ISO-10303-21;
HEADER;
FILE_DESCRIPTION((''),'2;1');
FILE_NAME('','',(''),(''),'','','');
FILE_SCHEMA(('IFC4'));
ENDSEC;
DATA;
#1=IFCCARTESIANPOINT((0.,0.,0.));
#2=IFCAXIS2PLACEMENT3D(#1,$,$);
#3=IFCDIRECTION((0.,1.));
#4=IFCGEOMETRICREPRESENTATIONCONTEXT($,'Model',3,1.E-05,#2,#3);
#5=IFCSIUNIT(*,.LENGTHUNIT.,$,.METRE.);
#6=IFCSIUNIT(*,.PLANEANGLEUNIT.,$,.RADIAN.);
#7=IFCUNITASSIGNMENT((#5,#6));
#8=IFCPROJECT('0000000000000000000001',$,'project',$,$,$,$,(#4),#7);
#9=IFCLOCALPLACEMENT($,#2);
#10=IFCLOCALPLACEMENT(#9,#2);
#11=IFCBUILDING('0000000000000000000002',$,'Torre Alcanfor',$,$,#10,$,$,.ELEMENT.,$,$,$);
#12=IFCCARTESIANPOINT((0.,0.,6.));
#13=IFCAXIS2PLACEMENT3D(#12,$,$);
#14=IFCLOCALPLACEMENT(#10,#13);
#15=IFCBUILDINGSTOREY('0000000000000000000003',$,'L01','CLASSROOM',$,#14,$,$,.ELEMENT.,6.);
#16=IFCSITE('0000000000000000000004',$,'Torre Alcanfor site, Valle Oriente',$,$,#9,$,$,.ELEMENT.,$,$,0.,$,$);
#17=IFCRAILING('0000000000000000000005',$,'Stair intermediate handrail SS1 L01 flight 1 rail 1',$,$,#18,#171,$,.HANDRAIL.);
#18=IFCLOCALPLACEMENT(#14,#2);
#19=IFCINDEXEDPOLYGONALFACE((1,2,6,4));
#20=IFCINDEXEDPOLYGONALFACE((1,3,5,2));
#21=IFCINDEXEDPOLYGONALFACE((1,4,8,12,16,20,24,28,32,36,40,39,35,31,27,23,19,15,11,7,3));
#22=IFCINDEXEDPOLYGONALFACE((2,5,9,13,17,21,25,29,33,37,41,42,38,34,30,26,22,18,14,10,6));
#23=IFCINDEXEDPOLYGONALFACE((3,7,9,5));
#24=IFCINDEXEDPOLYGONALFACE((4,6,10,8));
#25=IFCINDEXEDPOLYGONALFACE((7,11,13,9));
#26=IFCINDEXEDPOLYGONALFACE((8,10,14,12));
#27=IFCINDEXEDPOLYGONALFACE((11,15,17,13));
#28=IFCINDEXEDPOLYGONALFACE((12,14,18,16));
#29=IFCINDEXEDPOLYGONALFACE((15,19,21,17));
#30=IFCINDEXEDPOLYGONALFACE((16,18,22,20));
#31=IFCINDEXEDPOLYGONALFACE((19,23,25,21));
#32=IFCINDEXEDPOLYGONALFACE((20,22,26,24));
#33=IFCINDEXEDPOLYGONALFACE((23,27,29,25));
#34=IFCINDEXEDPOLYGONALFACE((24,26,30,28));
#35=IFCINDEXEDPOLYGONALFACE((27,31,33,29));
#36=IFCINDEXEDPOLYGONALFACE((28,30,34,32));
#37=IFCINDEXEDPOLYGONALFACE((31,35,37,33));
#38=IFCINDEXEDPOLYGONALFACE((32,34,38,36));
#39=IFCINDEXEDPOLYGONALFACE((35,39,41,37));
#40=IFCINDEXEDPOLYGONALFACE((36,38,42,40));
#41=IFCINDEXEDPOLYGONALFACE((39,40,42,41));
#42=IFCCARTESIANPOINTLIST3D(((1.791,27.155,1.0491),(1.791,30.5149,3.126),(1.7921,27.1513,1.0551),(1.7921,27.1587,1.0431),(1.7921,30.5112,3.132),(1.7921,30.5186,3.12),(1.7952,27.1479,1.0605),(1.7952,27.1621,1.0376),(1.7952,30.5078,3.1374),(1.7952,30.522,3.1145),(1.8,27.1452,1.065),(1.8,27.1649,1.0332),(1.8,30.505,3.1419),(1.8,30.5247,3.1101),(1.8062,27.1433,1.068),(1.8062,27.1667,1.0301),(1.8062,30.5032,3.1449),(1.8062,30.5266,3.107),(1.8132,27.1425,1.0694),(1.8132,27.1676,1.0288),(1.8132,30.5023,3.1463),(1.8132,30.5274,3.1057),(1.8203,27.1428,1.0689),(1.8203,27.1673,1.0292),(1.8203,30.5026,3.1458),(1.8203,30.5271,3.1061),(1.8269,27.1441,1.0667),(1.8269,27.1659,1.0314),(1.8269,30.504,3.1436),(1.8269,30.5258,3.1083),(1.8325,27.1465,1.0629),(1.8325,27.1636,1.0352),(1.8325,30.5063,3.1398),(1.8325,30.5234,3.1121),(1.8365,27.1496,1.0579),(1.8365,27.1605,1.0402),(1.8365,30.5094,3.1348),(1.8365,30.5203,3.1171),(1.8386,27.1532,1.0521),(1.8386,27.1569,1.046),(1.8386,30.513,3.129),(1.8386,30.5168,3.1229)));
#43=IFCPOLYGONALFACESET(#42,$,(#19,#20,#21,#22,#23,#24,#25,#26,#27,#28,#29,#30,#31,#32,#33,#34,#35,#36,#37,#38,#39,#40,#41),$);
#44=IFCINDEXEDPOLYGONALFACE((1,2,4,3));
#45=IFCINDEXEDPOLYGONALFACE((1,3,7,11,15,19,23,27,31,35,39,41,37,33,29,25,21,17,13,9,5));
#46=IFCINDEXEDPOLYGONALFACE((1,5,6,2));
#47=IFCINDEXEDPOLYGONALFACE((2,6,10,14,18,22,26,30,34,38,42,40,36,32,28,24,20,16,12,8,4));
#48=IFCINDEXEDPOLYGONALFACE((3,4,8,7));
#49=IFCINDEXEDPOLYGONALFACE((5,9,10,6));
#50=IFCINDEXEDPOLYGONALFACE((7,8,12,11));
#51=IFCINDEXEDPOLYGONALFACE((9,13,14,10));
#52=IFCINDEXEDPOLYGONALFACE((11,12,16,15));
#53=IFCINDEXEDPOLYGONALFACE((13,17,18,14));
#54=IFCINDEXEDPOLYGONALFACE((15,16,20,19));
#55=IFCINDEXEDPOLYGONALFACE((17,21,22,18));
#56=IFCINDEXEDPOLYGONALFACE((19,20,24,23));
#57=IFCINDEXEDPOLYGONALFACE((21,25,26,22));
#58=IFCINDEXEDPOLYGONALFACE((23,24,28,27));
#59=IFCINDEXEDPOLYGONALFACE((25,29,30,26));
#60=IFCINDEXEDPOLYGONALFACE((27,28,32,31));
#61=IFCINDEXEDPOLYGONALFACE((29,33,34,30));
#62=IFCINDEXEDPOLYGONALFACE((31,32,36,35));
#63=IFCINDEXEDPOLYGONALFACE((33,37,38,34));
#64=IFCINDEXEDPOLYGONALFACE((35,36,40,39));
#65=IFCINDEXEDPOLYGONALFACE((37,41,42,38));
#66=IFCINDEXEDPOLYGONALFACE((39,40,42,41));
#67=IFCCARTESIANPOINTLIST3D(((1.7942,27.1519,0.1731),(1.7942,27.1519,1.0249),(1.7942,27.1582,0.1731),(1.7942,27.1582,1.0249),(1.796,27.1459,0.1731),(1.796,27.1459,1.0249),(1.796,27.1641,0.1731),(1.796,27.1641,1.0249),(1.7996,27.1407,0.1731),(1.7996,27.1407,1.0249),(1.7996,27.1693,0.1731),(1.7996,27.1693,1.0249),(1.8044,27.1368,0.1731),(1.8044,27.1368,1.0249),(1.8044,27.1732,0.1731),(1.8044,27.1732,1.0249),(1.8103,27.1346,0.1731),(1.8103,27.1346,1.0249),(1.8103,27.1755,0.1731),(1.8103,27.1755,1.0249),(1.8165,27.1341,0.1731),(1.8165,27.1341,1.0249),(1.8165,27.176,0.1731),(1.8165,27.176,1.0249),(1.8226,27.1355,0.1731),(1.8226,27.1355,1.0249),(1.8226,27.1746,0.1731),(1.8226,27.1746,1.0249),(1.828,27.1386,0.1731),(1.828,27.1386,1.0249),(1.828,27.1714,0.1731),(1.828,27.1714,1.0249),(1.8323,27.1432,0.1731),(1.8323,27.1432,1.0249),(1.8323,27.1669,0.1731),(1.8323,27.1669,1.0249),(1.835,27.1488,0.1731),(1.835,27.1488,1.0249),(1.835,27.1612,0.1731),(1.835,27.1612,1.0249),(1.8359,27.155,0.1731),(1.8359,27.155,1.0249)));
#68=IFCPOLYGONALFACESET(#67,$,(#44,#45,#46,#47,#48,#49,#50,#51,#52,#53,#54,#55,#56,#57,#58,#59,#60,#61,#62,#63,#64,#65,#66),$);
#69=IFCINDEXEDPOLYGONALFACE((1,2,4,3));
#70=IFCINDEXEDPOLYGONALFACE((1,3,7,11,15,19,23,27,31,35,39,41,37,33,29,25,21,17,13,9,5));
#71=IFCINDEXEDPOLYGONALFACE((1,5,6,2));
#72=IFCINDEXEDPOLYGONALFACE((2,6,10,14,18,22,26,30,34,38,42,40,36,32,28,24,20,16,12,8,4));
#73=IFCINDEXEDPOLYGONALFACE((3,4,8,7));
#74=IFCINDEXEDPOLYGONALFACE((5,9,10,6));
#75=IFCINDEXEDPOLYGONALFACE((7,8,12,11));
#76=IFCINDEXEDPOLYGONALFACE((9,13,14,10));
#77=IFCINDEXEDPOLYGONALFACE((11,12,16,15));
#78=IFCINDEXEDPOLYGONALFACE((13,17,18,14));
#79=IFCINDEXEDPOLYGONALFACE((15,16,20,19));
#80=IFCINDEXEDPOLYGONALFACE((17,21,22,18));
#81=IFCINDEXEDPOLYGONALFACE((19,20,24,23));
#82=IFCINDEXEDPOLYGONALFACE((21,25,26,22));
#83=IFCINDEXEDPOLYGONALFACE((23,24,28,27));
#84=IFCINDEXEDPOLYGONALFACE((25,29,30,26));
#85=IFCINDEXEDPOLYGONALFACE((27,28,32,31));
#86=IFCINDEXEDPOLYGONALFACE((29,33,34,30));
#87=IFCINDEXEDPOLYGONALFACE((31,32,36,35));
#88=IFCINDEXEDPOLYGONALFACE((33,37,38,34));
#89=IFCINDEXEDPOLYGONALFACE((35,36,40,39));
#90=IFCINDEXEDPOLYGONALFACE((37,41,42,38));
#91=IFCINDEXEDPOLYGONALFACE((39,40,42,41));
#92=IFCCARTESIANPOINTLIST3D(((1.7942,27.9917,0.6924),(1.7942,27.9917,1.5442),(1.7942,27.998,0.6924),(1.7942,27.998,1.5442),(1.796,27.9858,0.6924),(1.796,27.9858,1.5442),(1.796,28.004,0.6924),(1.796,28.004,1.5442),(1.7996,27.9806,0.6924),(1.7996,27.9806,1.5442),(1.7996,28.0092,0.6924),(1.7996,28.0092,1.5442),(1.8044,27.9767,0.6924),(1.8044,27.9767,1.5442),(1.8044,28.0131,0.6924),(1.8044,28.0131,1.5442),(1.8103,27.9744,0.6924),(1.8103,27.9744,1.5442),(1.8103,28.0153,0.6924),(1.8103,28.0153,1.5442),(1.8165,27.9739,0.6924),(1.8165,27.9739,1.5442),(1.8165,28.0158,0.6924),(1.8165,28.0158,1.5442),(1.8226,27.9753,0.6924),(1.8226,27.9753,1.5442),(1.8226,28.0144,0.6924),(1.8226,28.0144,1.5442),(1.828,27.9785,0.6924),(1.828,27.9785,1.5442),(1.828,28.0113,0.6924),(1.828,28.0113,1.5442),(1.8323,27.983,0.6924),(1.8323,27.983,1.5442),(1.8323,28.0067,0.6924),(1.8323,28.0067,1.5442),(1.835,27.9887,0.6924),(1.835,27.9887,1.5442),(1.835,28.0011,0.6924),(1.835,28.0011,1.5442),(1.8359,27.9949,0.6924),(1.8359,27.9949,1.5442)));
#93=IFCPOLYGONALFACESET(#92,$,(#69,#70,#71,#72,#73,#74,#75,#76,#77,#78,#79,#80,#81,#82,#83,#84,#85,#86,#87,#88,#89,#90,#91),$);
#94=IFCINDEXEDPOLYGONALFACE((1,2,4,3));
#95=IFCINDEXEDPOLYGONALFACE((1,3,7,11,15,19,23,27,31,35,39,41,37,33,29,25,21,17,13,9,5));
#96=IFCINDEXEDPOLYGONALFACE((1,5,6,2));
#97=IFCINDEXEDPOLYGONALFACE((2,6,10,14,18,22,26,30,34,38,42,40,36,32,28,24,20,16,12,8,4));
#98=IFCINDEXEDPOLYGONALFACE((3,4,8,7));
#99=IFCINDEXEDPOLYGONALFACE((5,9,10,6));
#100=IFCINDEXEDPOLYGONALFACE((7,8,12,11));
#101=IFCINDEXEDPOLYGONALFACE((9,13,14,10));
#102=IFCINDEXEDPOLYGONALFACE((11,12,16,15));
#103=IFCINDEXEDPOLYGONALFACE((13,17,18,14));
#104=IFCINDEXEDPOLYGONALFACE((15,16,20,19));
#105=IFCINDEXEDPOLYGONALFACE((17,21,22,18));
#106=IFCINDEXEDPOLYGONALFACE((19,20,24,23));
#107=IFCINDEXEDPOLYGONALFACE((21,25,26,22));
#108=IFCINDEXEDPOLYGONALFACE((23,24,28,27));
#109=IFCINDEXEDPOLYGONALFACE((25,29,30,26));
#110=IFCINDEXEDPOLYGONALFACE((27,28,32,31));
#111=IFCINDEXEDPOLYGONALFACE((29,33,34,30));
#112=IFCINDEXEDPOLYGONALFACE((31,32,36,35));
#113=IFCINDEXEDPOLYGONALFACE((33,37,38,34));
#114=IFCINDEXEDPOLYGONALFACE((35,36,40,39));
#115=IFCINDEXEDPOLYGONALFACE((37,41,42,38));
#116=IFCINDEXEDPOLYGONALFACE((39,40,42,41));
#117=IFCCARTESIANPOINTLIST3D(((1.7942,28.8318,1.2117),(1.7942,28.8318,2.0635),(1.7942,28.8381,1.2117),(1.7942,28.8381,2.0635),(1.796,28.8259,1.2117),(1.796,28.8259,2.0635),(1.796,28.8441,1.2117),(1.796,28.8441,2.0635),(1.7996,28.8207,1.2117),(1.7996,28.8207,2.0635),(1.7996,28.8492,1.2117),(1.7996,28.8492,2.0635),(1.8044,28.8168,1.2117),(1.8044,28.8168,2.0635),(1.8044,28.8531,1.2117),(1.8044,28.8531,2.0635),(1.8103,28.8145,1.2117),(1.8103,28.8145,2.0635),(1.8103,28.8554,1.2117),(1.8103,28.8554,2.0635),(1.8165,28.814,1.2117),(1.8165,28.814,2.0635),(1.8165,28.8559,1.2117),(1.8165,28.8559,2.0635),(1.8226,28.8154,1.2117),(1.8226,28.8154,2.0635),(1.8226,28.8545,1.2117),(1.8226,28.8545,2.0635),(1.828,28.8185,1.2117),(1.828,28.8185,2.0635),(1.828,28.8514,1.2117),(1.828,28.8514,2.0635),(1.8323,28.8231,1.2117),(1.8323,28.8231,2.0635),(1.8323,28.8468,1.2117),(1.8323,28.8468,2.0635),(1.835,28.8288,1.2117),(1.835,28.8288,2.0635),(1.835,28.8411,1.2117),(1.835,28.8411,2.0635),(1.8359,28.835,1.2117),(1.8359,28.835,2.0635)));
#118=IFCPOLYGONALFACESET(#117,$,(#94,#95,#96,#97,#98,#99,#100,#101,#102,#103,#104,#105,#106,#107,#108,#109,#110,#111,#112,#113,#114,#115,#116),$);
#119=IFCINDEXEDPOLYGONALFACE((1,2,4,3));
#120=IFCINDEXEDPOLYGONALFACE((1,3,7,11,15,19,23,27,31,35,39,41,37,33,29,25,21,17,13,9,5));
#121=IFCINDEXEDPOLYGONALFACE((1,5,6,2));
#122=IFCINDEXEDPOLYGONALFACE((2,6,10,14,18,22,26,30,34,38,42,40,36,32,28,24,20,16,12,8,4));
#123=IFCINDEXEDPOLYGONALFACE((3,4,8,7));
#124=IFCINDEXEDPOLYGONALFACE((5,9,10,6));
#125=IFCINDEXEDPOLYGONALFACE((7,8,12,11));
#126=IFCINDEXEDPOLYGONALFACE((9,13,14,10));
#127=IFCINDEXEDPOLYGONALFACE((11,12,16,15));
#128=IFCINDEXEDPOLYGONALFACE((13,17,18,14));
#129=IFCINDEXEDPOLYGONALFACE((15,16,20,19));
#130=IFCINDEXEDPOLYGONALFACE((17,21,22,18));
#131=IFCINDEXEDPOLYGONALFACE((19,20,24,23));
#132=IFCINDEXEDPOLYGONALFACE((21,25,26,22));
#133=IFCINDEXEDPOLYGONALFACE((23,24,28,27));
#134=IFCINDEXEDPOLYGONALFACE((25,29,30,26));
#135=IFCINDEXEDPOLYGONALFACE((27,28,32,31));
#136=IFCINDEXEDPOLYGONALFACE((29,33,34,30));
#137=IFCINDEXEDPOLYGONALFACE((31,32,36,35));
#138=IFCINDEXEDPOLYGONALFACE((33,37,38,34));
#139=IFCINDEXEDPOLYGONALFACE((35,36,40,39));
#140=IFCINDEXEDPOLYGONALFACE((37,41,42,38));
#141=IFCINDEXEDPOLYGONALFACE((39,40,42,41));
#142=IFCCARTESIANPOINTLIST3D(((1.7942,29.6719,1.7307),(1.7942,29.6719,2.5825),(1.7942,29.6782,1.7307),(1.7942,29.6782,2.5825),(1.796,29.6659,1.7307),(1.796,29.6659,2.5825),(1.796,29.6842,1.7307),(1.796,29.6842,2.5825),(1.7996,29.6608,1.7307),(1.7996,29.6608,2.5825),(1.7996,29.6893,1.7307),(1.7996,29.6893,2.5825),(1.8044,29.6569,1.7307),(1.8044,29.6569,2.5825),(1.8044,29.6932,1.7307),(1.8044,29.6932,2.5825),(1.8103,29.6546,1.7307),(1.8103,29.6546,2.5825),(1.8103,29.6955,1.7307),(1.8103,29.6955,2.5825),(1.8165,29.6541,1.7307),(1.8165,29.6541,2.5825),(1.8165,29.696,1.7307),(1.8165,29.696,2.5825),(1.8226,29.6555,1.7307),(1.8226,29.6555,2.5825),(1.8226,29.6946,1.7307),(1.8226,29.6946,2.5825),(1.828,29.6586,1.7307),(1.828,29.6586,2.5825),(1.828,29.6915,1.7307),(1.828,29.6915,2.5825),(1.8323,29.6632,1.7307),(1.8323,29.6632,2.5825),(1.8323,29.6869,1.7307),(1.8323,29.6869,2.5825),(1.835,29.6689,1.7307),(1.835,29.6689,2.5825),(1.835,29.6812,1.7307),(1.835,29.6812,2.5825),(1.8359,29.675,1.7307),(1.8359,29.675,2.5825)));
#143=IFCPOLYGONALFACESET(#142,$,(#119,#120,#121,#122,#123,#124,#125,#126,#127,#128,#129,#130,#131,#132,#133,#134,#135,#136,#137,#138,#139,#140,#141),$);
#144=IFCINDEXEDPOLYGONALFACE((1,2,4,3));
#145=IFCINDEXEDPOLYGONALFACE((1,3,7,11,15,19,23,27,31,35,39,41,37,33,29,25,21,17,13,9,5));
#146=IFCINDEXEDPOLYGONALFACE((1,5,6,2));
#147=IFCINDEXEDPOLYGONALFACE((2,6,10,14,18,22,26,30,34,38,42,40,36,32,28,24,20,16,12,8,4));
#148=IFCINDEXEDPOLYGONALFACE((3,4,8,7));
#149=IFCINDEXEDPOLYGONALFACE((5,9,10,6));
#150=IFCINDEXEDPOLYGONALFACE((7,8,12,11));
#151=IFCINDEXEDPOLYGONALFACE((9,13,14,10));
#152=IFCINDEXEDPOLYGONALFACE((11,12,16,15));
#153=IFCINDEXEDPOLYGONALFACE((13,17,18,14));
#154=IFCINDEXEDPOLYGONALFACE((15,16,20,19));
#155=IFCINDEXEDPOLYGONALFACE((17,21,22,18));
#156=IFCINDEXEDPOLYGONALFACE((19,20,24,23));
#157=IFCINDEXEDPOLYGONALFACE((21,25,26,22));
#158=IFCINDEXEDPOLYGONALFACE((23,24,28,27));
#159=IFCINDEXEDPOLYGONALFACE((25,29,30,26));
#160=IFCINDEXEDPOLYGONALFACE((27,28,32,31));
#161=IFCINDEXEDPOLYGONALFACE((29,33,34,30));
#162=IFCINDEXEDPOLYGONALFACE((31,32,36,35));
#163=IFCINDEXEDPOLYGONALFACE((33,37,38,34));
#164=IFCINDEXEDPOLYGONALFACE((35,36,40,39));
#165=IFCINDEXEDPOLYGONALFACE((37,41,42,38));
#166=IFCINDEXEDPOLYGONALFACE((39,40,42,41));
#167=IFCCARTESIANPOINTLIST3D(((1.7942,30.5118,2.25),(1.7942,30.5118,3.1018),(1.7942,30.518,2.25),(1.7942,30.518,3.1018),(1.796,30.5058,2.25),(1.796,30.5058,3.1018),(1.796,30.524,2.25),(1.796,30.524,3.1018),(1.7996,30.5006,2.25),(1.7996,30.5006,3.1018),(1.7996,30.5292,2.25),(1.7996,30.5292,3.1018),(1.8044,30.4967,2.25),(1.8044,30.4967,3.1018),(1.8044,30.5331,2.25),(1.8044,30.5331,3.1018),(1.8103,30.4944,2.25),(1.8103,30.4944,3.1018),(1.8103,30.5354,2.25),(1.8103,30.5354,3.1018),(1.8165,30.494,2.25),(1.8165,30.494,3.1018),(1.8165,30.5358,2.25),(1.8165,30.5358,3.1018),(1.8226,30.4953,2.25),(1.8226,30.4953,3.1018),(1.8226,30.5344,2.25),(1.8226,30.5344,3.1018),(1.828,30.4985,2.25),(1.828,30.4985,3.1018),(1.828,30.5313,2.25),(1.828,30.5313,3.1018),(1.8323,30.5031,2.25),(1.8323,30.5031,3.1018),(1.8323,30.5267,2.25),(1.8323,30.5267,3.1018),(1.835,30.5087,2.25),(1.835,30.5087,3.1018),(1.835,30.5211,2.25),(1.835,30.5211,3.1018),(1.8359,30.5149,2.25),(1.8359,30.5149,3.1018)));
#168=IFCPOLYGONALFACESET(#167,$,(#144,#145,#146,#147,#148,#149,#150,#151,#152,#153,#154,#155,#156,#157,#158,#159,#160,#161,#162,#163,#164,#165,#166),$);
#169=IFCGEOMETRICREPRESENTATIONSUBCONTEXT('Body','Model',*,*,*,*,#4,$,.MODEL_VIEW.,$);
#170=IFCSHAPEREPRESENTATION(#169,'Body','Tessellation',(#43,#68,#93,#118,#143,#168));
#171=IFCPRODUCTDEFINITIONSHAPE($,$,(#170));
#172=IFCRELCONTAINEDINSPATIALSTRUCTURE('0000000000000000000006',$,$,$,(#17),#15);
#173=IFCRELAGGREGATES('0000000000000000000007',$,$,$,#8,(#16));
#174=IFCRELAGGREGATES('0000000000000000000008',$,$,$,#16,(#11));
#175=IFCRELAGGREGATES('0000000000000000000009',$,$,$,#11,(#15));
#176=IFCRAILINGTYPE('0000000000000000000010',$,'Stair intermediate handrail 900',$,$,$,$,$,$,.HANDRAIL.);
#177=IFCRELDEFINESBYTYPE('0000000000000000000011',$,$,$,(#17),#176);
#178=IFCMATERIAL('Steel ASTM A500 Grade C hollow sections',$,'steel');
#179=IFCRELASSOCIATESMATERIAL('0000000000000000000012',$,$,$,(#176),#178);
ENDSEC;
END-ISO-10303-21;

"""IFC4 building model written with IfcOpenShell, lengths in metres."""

from ifc_helpers import new_model, si_unit, direction, frame, origin, origin_2d, place, context, subcontext, project, spatial, circle, extrude, material, type_object, element, save


model = new_model("IFC4")

# Units and contexts
model_context = context("Model", 3, precision=1e-05, world=origin(), true_north=direction((0.0, 1.0)))
body_context = subcontext(model_context, "Body", "Model", "MODEL_VIEW")
ifc_project = project(units=[si_unit("LENGTHUNIT", "METRE"), si_unit("PLANEANGLEUNIT", "RADIAN")], contexts=[model_context])

# Site, building, storey
site_placement = place(None, origin())
site = spatial("IfcSite", under=ifc_project, at=site_placement, Name="Torre Alcanfor site, Valle Oriente", CompositionType="ELEMENT", RefElevation=0.0)
building_placement = place(site_placement, origin())
building = spatial("IfcBuilding", under=site, at=building_placement, Name="Torre Alcanfor", CompositionType="ELEMENT")
storey_placement = place(building_placement, frame((0.0, 0.0, 6.0)))
storey = spatial("IfcBuildingStorey", under=building, at=storey_placement, Name="L01", Description="CLASSROOM", CompositionType="ELEMENT", Elevation=6.0)

# Railing
ifc_material_1 = material(Name="Steel ASTM A500 Grade C hollow sections", Category="steel")
railing_type_1 = type_object("IfcRailingType", Name="Stair intermediate handrail 900", PredefinedType="HANDRAIL", material=ifc_material_1)
railing_1_placement = place(storey_placement, frame((1.8149, 27.155, 0.1731)))
element("IfcRailing", 1, at=railing_1_placement, inside=storey, type_object=railing_type_1, Name="Stair intermediate handrail SS1 L01 flight 1 rail 1", PredefinedType="HANDRAIL", context=body_context, shape_type="SweptSolid", body=[
    extrude(circle(Radius=0.0239, at=origin_2d()), frame((0.0, 0.0, 0.876), z_axis=(0.0, 0.850606, 0.525803), x_axis=(-1.0, 0.0, 0.0)), (0.0, 0.0, 1.0), 3.95),
    extrude(circle(Radius=0.021, at=origin_2d()), origin(), (0.0, 0.0, 1.0), 0.8518),
    extrude(circle(Radius=0.021, at=origin_2d()), frame((0.0, 0.8398, 0.5193)), (0.0, 0.0, 1.0), 0.8518),
    extrude(circle(Radius=0.021, at=origin_2d()), frame((0.0, 1.6799, 1.0386)), (0.0, 0.0, 1.0), 0.8518),
    extrude(circle(Radius=0.021, at=origin_2d()), frame((0.0, 2.52, 1.5576)), (0.0, 0.0, 1.0), 0.8518),
    extrude(circle(Radius=0.021, at=origin_2d()), frame((0.0, 3.3599, 2.0769)), (0.0, 0.0, 1.0), 0.8518),
])

save(model, "model.ifc")
